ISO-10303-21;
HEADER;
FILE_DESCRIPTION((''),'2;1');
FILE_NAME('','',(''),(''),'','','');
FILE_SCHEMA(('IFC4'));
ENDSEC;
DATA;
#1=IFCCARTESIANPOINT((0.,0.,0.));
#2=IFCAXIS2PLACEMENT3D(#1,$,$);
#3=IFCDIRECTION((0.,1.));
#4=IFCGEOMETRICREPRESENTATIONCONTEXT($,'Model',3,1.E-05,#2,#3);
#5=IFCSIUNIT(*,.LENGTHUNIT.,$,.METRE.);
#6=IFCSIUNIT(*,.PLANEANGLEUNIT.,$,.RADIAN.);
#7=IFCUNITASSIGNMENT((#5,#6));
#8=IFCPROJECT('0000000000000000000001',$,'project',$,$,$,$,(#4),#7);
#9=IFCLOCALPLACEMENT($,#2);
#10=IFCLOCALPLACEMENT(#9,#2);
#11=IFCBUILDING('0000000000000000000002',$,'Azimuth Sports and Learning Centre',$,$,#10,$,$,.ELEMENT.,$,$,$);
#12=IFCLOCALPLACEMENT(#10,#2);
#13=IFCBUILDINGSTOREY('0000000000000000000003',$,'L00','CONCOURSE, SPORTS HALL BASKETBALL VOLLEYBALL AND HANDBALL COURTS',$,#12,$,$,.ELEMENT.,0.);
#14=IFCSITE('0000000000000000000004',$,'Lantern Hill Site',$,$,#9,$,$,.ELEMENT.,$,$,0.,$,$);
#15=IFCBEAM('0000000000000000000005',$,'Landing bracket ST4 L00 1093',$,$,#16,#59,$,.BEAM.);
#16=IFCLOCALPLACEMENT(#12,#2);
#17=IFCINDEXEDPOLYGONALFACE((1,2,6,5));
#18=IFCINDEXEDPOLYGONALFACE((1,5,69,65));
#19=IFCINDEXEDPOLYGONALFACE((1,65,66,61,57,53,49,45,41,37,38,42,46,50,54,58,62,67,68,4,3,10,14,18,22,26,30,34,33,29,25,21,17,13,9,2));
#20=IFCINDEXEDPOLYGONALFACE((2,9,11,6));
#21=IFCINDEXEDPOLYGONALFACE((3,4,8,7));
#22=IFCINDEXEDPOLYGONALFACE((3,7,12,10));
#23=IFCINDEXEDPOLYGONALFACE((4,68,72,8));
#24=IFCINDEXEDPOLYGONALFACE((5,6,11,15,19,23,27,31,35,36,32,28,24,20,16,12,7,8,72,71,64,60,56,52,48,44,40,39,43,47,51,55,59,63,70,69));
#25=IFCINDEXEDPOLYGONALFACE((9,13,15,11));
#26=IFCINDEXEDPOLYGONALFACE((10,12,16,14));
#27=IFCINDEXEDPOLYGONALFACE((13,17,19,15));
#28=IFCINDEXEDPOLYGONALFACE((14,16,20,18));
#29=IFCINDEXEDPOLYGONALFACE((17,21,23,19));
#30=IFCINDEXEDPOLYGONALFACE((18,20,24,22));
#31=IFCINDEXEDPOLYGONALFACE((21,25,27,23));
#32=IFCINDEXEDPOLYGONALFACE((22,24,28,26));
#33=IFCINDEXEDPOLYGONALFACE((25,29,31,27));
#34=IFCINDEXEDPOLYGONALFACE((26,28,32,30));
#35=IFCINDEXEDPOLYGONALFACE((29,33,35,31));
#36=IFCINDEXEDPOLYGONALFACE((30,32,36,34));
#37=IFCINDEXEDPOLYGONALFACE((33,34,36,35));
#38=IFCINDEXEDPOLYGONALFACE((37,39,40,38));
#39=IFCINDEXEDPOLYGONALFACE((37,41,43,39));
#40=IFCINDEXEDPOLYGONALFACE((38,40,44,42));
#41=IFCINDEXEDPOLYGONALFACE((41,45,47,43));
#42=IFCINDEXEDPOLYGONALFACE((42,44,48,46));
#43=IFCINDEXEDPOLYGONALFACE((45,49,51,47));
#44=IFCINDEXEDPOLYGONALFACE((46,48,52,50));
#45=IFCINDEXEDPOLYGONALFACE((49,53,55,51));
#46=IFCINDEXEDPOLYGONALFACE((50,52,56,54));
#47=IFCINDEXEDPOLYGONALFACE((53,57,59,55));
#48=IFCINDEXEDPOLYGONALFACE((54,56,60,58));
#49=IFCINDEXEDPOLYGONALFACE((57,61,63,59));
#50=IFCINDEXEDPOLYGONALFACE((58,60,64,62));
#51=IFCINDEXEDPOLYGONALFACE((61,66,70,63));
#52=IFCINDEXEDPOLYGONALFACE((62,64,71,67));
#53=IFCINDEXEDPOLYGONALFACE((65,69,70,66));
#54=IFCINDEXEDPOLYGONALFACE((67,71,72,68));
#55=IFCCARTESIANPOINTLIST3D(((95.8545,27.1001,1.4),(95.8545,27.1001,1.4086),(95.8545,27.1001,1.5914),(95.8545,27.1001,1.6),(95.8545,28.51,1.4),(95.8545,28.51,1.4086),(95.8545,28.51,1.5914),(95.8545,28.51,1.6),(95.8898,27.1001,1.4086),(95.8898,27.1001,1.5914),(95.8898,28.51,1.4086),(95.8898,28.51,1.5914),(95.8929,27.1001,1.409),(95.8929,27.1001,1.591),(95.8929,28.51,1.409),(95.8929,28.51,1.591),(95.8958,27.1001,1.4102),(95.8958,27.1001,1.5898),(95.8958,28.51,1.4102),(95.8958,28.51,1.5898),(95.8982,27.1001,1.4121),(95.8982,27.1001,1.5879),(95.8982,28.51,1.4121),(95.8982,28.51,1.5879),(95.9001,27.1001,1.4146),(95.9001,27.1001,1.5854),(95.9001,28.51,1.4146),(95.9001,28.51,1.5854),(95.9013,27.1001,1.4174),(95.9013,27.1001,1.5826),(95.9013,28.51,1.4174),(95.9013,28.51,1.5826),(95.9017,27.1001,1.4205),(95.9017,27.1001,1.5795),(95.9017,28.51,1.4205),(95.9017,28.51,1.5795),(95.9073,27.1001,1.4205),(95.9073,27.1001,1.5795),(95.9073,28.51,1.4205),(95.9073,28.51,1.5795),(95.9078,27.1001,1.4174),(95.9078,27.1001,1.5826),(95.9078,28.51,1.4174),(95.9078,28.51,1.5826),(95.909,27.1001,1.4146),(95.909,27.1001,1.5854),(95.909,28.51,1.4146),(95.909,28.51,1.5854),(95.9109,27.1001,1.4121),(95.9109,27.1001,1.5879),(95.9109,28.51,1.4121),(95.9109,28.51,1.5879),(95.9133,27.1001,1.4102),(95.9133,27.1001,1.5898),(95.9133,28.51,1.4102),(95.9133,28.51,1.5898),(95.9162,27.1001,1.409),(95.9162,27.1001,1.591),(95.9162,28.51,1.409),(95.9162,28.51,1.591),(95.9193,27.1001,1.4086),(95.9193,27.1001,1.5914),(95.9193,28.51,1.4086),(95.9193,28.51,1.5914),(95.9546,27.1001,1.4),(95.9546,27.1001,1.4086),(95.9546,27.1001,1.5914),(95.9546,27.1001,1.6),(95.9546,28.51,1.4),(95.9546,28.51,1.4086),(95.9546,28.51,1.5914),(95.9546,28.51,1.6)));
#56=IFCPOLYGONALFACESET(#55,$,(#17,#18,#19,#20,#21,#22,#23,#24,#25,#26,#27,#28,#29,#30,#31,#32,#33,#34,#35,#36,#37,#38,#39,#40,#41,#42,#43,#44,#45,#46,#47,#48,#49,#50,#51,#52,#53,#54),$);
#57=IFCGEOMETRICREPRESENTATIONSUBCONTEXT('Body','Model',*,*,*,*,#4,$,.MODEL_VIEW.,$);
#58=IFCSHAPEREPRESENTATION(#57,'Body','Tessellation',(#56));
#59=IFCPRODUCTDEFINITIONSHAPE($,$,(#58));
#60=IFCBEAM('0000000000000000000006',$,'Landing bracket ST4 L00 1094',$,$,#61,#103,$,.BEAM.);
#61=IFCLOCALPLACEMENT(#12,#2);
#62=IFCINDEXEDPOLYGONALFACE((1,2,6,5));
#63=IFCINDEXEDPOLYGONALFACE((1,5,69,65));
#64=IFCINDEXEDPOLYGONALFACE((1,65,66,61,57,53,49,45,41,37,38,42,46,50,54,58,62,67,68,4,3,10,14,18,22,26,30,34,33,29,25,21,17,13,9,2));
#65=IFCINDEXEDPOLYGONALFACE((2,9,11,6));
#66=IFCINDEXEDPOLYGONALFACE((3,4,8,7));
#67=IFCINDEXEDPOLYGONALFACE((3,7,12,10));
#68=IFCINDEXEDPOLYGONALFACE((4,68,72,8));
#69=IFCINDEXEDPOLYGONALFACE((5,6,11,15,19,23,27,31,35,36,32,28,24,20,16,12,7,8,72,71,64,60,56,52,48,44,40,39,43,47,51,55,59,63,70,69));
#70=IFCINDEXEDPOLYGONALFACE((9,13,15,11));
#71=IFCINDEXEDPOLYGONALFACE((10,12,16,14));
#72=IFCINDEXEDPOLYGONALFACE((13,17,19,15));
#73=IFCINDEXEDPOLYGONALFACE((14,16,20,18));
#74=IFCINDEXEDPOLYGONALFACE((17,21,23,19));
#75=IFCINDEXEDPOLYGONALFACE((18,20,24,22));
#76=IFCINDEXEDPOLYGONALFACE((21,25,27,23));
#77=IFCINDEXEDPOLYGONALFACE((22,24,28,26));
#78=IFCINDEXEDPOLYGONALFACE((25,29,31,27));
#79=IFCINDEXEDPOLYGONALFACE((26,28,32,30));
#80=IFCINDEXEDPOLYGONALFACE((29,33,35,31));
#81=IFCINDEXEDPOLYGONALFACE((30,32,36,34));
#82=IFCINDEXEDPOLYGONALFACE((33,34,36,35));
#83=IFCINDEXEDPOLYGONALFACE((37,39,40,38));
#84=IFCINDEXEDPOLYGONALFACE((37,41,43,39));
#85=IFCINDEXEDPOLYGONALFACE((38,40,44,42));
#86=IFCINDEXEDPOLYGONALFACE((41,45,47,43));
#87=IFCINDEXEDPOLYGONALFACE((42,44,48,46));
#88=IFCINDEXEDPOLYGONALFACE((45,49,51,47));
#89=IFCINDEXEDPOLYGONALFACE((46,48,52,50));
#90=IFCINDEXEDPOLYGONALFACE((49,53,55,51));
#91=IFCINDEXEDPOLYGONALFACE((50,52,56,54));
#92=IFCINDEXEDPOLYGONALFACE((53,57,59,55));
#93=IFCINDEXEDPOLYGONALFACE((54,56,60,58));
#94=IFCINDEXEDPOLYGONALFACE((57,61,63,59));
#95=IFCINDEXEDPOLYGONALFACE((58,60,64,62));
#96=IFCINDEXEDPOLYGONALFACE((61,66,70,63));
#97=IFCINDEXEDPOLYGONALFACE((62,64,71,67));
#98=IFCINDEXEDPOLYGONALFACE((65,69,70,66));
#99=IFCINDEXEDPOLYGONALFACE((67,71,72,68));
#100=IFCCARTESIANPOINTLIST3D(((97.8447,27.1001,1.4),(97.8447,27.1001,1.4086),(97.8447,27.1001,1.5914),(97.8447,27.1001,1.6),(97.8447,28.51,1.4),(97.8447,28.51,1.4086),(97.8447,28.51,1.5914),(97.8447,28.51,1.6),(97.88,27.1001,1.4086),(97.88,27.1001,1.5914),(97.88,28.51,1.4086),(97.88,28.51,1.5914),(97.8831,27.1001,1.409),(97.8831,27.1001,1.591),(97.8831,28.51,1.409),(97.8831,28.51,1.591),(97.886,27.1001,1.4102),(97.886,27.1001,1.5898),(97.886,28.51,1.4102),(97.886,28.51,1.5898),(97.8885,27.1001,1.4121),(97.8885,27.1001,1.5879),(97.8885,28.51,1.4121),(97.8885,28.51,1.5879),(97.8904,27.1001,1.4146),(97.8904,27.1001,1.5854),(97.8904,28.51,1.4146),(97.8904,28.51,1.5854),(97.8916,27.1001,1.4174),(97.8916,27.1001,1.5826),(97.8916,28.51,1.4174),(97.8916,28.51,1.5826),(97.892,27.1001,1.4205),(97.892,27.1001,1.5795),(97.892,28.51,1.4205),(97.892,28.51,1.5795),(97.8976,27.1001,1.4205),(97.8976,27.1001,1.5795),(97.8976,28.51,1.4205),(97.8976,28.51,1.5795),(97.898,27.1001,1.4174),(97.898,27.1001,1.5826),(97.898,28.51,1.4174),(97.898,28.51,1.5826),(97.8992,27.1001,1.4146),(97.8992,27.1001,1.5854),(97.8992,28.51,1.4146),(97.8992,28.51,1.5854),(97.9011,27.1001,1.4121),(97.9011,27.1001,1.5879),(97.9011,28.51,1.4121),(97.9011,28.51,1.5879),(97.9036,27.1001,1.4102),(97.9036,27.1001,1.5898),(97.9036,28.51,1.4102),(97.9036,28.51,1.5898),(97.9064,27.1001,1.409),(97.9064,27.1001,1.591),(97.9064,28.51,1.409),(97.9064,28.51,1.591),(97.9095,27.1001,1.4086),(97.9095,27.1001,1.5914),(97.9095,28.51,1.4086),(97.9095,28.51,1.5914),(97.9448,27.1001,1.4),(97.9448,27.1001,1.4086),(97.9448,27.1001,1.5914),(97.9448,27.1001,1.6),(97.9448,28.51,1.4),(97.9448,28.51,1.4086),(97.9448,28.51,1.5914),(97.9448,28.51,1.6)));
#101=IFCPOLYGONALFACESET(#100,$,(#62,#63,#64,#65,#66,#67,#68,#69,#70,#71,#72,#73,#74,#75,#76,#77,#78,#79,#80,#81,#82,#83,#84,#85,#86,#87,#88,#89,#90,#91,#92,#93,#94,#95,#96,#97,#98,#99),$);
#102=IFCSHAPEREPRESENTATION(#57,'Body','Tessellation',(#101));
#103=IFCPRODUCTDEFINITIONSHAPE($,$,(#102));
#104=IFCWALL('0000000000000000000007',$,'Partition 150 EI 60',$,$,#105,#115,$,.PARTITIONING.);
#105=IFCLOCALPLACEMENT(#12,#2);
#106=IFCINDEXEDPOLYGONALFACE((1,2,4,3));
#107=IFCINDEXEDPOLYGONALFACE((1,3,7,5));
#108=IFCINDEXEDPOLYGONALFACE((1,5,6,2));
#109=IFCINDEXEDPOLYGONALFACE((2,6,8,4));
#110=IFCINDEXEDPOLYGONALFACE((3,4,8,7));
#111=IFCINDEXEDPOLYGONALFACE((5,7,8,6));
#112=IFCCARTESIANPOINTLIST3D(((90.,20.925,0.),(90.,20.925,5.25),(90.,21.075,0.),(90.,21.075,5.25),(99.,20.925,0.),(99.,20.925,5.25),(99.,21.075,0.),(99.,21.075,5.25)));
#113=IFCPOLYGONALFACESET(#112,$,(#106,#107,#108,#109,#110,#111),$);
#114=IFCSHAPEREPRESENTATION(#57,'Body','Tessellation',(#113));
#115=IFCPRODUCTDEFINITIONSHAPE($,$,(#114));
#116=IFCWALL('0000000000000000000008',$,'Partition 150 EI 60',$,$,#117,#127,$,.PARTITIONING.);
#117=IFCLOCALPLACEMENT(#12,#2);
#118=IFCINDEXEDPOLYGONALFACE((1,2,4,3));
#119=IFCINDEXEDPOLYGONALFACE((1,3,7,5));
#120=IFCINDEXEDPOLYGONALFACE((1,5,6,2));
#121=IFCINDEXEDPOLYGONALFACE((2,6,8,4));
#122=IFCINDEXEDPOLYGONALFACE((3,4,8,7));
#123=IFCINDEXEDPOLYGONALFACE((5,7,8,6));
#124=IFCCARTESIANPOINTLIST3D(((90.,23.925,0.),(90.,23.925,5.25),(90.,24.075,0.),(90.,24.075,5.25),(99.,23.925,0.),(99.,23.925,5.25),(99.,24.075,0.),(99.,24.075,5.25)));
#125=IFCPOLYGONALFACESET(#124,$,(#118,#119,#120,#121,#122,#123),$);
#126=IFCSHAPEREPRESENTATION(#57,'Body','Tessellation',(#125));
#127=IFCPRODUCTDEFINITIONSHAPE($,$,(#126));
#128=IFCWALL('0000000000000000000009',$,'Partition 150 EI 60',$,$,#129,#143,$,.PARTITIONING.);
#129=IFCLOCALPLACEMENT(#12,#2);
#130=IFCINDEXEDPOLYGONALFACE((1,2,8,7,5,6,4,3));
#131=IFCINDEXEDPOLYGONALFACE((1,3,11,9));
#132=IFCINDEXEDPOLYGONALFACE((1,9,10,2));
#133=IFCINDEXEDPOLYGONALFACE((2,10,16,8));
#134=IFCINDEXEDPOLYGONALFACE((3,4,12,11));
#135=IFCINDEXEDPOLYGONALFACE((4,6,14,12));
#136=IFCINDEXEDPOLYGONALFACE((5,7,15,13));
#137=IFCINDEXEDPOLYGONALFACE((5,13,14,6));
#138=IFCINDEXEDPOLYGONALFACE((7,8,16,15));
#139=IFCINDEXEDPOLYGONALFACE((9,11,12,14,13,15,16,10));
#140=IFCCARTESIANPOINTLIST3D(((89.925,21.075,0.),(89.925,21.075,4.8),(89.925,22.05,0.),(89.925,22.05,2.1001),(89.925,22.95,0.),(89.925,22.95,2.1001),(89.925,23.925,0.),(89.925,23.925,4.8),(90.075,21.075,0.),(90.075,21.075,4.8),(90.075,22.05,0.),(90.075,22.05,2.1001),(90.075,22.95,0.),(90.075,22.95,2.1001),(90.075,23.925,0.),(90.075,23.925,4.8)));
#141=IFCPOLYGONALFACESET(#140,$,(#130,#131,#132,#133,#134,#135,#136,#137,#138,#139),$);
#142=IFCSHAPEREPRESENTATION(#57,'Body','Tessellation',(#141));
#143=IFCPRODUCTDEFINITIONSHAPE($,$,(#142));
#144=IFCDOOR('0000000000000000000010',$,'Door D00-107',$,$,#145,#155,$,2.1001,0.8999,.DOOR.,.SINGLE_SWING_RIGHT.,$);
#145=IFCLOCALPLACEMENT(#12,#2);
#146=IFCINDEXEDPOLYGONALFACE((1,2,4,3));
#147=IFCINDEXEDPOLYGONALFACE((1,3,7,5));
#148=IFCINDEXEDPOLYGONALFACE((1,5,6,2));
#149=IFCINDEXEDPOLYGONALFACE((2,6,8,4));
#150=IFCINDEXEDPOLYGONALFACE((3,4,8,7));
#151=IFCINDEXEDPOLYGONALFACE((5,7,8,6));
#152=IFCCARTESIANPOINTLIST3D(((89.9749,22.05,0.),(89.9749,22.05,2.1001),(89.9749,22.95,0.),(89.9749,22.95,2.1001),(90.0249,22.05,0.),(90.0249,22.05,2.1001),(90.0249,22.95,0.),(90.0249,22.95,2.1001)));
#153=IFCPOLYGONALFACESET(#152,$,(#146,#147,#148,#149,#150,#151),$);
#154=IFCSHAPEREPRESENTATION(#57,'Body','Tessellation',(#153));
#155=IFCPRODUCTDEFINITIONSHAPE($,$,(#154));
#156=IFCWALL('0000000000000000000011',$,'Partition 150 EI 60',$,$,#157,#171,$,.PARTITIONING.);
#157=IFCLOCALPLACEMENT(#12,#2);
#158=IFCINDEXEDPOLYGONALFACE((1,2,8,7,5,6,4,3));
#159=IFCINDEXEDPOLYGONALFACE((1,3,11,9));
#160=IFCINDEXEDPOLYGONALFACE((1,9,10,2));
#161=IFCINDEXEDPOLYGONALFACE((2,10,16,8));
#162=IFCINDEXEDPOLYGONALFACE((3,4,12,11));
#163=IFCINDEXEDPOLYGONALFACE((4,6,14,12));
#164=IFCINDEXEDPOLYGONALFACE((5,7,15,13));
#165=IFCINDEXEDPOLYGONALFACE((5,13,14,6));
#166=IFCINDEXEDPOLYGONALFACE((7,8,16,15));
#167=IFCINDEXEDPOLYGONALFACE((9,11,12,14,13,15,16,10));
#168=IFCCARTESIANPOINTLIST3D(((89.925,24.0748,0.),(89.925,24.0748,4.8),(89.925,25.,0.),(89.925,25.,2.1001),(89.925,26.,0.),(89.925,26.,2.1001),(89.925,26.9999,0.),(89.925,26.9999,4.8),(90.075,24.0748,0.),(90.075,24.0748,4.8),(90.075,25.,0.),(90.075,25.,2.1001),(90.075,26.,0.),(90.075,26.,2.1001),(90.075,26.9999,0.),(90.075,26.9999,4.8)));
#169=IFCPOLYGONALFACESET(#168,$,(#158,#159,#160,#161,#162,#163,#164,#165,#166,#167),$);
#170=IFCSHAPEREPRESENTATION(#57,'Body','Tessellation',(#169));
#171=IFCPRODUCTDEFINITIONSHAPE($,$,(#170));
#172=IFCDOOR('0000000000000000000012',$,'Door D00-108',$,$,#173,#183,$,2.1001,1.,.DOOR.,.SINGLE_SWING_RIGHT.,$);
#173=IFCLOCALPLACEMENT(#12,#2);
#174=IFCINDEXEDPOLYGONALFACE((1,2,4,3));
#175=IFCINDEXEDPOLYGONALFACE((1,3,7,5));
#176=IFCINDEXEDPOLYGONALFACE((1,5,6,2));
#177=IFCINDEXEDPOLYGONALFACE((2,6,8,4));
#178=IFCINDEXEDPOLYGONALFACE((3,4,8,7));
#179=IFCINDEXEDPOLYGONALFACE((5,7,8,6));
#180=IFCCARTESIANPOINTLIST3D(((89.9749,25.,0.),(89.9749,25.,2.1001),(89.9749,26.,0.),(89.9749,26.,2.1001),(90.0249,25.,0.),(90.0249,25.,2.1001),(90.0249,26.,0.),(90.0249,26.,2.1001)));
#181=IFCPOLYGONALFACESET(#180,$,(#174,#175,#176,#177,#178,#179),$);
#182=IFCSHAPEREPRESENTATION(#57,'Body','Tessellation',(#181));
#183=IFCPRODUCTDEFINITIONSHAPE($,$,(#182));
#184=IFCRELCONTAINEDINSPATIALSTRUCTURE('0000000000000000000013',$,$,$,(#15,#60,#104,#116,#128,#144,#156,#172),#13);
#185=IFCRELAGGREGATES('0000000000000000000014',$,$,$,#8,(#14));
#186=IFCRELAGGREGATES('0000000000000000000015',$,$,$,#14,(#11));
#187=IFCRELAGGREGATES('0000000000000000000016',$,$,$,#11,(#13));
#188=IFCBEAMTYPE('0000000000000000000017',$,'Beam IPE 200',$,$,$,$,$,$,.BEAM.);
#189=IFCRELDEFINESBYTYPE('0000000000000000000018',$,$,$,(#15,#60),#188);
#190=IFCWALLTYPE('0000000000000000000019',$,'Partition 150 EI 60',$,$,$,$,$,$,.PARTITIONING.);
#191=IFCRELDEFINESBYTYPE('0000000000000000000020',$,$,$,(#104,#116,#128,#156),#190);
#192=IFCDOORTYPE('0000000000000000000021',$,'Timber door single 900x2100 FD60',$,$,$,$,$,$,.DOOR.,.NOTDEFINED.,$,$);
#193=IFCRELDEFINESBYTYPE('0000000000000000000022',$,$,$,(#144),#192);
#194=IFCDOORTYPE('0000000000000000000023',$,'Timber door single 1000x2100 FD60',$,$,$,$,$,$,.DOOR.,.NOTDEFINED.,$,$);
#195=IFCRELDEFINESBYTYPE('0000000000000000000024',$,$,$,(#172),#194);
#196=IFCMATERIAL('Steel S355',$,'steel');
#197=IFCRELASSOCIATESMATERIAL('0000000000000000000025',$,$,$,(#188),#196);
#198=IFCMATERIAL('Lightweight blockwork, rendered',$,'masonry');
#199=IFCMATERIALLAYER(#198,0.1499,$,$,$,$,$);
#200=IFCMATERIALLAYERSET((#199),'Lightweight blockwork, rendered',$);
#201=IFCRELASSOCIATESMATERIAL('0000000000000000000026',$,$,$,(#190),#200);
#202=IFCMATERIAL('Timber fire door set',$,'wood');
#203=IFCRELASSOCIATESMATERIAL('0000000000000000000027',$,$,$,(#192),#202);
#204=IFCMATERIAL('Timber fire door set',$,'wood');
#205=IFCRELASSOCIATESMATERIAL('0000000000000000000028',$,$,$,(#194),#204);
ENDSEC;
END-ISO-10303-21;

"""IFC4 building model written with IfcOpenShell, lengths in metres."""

from ifc_helpers import new_model, si_unit, direction, frame, frame_2d, origin, origin_2d, place, context, subcontext, project, spatial, rectangle, i_section, extrude, material, layer, layer_set, material_profile, profile_set, type_object, element, fill, save


model = new_model("IFC4")

# Units and contexts
model_context = context("Model", 3, precision=1e-05, world=origin(), true_north=direction((0.0, 1.0)))
body_context = subcontext(model_context, "Body", "Model", "MODEL_VIEW")
ifc_project = project(units=[si_unit("LENGTHUNIT", "METRE"), si_unit("PLANEANGLEUNIT", "RADIAN")], contexts=[model_context])

# Site, building, storey
site_placement = place(None, origin())
site = spatial("IfcSite", under=ifc_project, at=site_placement, Name="Lantern Hill Site", CompositionType="ELEMENT", RefElevation=0.0)
building_placement = place(site_placement, origin())
building = spatial("IfcBuilding", under=site, at=building_placement, Name="Azimuth Sports and Learning Centre", CompositionType="ELEMENT")
storey_placement = place(building_placement, origin())
storey = spatial("IfcBuildingStorey", under=building, at=storey_placement, Name="L00", Description="CONCOURSE, SPORTS HALL BASKETBALL VOLLEYBALL AND HANDBALL COURTS", CompositionType="ELEMENT", Elevation=0.0)

# Beams
ifc_material_1 = material(Name="Steel S355", Category="steel")
ifc_material_profile_1 = material_profile(ifc_material_1, i_section(OverallWidth=0.1001, OverallDepth=0.2, WebThickness=0.0056, FlangeThickness=0.0085, FilletRadius=0.012, at=origin_2d()), Name="IPE 200")
ifc_profile_set_1 = profile_set([ifc_material_profile_1], Name="Steel S355")
beam_type = type_object("IfcBeamType", Name="Beam IPE 200", PredefinedType="BEAM", material=ifc_profile_set_1)
for number, where, z_axis, x_axis, name in (
    (1, (95.9045, 27.1001, 1.5), (0.0, 1.0, 0.0), (-1.0, 0.0, 0.0), "Landing bracket ST4 L00 1093"),
    (2, (97.8948, 27.1001, 1.5), (0.0, 1.0, 0.0), (-1.0, 0.0, 0.0), "Landing bracket ST4 L00 1094"),
):
    element("IfcBeam", number, at=place(storey_placement, frame(where, z_axis=z_axis, x_axis=x_axis)), inside=storey, type_object=beam_type, Name=name, PredefinedType="BEAM", context=body_context, shape_type="SweptSolid", body=[
        extrude(i_section(OverallWidth=0.1001, OverallDepth=0.2, WebThickness=0.0056, FlangeThickness=0.0085, FilletRadius=0.012, at=origin_2d()), origin(), (0.0, 0.0, 1.0), 1.4099),
    ])

# Walls
ifc_material_2 = material(Name="Lightweight blockwork, rendered", Category="masonry")
ifc_layer_1 = layer(ifc_material_2, 0.1499)
ifc_layer_set_1 = layer_set([ifc_layer_1], Name="Lightweight blockwork, rendered")
wall_type_1 = type_object("IfcWallType", Name="Partition 150 EI 60", PredefinedType="PARTITIONING", material=ifc_layer_set_1)
for number, where, z_axis, x_axis, name in (
    (3, (90.0, 21.0, 0.0), (0.0, 0.0, 1.0), (1.0, 0.0, 0.0), "Partition 150 EI 60"),
    (4, (90.0, 24.0, 0.0), (0.0, 0.0, 1.0), (1.0, 0.0, 0.0), "Partition 150 EI 60"),
):
    element("IfcWall", number, at=place(storey_placement, frame(where, z_axis=z_axis, x_axis=x_axis)), inside=storey, type_object=wall_type_1, Name=name, PredefinedType="PARTITIONING", context=body_context, shape_type="SweptSolid", body=[
        extrude(rectangle(XDim=9.0, YDim=0.1499, at=frame_2d((4.5, 0.0))), origin(), (0.0, 0.0, 1.0), 5.25),
    ])

# Walls, openings, doors
wall_1_placement = place(storey_placement, frame((90.0, 21.075, 0.0), z_axis=(0.0, 0.0, 1.0), x_axis=(0.0, 1.0, 0.0)))
wall_1 = element("IfcWall", 5, at=wall_1_placement, inside=storey, type_object=wall_type_1, Name="Partition 150 EI 60", PredefinedType="PARTITIONING", context=body_context, shape_type="SweptSolid", body=[
    extrude(rectangle(XDim=2.8501, YDim=0.1499, at=frame_2d((1.425, 0.0))), origin(), (0.0, 0.0, 1.0), 4.8),
])
opening_1_placement = place(wall_1_placement, frame((0.9751, 0.0, 0.0)))
opening_1 = element("IfcOpeningElement", 6, at=opening_1_placement, cuts=wall_1, PredefinedType="OPENING", context=body_context, shape_type="SweptSolid", body=[
    extrude(rectangle(XDim=0.8999, YDim=2.1001, at=frame_2d((0.45, 1.05))), frame((0.0, 0.0859, 0.0), z_axis=(0.0, -1.0, 0.0), x_axis=(1.0, 0.0, 0.0)), (0.0, 0.0, 1.0), 0.1719),
])
ifc_material_3 = material(Name="Timber fire door set", Category="wood")
door_type_1 = type_object("IfcDoorType", Name="Timber door single 900x2100 FD60", OperationType="NOTDEFINED", PredefinedType="DOOR", material=ifc_material_3)
door_1_placement = place(opening_1_placement, frame((0.8999, 0.0, 0.0), z_axis=(0.0, 0.0, 1.0), x_axis=(-1.0, 0.0, 0.0)))
door_1 = element("IfcDoor", 7, at=door_1_placement, inside=storey, type_object=door_type_1, Name="Door D00-107", OperationType="SINGLE_SWING_RIGHT", OverallHeight=2.1001, OverallWidth=0.8999, PredefinedType="DOOR", context=body_context, shape_type="SweptSolid", body=[
    extrude(rectangle(XDim=0.8999, YDim=2.1001, at=frame_2d((0.45, 1.05))), frame((0.0, 0.0249, 0.0), z_axis=(0.0, -1.0, 0.0), x_axis=(1.0, 0.0, 0.0)), (0.0, 0.0, 1.0), 0.05),
])
fill(opening_1, door_1)
wall_2_placement = place(storey_placement, frame((90.0, 24.075, 0.0), z_axis=(0.0, 0.0, 1.0), x_axis=(0.0, 1.0, 0.0)))
wall_2 = element("IfcWall", 8, at=wall_2_placement, inside=storey, type_object=wall_type_1, Name="Partition 150 EI 60", PredefinedType="PARTITIONING", context=body_context, shape_type="SweptSolid", body=[
    extrude(rectangle(XDim=2.925, YDim=0.1499, at=frame_2d((1.4624, 0.0))), origin(), (0.0, 0.0, 1.0), 4.8),
])
opening_2_placement = place(wall_2_placement, frame((0.925, 0.0, 0.0)))
opening_2 = element("IfcOpeningElement", 9, at=opening_2_placement, cuts=wall_2, PredefinedType="OPENING", context=body_context, shape_type="SweptSolid", body=[
    extrude(rectangle(XDim=1.0, YDim=2.1001, at=frame_2d((0.5, 1.05))), frame((0.0, 0.0859, 0.0), z_axis=(0.0, -1.0, 0.0), x_axis=(1.0, 0.0, 0.0)), (0.0, 0.0, 1.0), 0.1719),
])
ifc_material_4 = material(Name="Timber fire door set", Category="wood")
door_type_2 = type_object("IfcDoorType", Name="Timber door single 1000x2100 FD60", OperationType="NOTDEFINED", PredefinedType="DOOR", material=ifc_material_4)
door_2_placement = place(opening_2_placement, frame((1.0, 0.0, 0.0), z_axis=(0.0, 0.0, 1.0), x_axis=(-1.0, 0.0, 0.0)))
door_2 = element("IfcDoor", 10, at=door_2_placement, inside=storey, type_object=door_type_2, Name="Door D00-108", OperationType="SINGLE_SWING_RIGHT", OverallHeight=2.1001, OverallWidth=1.0, PredefinedType="DOOR", context=body_context, shape_type="SweptSolid", body=[
    extrude(rectangle(XDim=1.0, YDim=2.1001, at=frame_2d((0.5, 1.05))), frame((0.0, 0.0249, 0.0), z_axis=(0.0, -1.0, 0.0), x_axis=(1.0, 0.0, 0.0)), (0.0, 0.0, 1.0), 0.05),
])
fill(opening_2, door_2)

save(model, "model.ifc")
